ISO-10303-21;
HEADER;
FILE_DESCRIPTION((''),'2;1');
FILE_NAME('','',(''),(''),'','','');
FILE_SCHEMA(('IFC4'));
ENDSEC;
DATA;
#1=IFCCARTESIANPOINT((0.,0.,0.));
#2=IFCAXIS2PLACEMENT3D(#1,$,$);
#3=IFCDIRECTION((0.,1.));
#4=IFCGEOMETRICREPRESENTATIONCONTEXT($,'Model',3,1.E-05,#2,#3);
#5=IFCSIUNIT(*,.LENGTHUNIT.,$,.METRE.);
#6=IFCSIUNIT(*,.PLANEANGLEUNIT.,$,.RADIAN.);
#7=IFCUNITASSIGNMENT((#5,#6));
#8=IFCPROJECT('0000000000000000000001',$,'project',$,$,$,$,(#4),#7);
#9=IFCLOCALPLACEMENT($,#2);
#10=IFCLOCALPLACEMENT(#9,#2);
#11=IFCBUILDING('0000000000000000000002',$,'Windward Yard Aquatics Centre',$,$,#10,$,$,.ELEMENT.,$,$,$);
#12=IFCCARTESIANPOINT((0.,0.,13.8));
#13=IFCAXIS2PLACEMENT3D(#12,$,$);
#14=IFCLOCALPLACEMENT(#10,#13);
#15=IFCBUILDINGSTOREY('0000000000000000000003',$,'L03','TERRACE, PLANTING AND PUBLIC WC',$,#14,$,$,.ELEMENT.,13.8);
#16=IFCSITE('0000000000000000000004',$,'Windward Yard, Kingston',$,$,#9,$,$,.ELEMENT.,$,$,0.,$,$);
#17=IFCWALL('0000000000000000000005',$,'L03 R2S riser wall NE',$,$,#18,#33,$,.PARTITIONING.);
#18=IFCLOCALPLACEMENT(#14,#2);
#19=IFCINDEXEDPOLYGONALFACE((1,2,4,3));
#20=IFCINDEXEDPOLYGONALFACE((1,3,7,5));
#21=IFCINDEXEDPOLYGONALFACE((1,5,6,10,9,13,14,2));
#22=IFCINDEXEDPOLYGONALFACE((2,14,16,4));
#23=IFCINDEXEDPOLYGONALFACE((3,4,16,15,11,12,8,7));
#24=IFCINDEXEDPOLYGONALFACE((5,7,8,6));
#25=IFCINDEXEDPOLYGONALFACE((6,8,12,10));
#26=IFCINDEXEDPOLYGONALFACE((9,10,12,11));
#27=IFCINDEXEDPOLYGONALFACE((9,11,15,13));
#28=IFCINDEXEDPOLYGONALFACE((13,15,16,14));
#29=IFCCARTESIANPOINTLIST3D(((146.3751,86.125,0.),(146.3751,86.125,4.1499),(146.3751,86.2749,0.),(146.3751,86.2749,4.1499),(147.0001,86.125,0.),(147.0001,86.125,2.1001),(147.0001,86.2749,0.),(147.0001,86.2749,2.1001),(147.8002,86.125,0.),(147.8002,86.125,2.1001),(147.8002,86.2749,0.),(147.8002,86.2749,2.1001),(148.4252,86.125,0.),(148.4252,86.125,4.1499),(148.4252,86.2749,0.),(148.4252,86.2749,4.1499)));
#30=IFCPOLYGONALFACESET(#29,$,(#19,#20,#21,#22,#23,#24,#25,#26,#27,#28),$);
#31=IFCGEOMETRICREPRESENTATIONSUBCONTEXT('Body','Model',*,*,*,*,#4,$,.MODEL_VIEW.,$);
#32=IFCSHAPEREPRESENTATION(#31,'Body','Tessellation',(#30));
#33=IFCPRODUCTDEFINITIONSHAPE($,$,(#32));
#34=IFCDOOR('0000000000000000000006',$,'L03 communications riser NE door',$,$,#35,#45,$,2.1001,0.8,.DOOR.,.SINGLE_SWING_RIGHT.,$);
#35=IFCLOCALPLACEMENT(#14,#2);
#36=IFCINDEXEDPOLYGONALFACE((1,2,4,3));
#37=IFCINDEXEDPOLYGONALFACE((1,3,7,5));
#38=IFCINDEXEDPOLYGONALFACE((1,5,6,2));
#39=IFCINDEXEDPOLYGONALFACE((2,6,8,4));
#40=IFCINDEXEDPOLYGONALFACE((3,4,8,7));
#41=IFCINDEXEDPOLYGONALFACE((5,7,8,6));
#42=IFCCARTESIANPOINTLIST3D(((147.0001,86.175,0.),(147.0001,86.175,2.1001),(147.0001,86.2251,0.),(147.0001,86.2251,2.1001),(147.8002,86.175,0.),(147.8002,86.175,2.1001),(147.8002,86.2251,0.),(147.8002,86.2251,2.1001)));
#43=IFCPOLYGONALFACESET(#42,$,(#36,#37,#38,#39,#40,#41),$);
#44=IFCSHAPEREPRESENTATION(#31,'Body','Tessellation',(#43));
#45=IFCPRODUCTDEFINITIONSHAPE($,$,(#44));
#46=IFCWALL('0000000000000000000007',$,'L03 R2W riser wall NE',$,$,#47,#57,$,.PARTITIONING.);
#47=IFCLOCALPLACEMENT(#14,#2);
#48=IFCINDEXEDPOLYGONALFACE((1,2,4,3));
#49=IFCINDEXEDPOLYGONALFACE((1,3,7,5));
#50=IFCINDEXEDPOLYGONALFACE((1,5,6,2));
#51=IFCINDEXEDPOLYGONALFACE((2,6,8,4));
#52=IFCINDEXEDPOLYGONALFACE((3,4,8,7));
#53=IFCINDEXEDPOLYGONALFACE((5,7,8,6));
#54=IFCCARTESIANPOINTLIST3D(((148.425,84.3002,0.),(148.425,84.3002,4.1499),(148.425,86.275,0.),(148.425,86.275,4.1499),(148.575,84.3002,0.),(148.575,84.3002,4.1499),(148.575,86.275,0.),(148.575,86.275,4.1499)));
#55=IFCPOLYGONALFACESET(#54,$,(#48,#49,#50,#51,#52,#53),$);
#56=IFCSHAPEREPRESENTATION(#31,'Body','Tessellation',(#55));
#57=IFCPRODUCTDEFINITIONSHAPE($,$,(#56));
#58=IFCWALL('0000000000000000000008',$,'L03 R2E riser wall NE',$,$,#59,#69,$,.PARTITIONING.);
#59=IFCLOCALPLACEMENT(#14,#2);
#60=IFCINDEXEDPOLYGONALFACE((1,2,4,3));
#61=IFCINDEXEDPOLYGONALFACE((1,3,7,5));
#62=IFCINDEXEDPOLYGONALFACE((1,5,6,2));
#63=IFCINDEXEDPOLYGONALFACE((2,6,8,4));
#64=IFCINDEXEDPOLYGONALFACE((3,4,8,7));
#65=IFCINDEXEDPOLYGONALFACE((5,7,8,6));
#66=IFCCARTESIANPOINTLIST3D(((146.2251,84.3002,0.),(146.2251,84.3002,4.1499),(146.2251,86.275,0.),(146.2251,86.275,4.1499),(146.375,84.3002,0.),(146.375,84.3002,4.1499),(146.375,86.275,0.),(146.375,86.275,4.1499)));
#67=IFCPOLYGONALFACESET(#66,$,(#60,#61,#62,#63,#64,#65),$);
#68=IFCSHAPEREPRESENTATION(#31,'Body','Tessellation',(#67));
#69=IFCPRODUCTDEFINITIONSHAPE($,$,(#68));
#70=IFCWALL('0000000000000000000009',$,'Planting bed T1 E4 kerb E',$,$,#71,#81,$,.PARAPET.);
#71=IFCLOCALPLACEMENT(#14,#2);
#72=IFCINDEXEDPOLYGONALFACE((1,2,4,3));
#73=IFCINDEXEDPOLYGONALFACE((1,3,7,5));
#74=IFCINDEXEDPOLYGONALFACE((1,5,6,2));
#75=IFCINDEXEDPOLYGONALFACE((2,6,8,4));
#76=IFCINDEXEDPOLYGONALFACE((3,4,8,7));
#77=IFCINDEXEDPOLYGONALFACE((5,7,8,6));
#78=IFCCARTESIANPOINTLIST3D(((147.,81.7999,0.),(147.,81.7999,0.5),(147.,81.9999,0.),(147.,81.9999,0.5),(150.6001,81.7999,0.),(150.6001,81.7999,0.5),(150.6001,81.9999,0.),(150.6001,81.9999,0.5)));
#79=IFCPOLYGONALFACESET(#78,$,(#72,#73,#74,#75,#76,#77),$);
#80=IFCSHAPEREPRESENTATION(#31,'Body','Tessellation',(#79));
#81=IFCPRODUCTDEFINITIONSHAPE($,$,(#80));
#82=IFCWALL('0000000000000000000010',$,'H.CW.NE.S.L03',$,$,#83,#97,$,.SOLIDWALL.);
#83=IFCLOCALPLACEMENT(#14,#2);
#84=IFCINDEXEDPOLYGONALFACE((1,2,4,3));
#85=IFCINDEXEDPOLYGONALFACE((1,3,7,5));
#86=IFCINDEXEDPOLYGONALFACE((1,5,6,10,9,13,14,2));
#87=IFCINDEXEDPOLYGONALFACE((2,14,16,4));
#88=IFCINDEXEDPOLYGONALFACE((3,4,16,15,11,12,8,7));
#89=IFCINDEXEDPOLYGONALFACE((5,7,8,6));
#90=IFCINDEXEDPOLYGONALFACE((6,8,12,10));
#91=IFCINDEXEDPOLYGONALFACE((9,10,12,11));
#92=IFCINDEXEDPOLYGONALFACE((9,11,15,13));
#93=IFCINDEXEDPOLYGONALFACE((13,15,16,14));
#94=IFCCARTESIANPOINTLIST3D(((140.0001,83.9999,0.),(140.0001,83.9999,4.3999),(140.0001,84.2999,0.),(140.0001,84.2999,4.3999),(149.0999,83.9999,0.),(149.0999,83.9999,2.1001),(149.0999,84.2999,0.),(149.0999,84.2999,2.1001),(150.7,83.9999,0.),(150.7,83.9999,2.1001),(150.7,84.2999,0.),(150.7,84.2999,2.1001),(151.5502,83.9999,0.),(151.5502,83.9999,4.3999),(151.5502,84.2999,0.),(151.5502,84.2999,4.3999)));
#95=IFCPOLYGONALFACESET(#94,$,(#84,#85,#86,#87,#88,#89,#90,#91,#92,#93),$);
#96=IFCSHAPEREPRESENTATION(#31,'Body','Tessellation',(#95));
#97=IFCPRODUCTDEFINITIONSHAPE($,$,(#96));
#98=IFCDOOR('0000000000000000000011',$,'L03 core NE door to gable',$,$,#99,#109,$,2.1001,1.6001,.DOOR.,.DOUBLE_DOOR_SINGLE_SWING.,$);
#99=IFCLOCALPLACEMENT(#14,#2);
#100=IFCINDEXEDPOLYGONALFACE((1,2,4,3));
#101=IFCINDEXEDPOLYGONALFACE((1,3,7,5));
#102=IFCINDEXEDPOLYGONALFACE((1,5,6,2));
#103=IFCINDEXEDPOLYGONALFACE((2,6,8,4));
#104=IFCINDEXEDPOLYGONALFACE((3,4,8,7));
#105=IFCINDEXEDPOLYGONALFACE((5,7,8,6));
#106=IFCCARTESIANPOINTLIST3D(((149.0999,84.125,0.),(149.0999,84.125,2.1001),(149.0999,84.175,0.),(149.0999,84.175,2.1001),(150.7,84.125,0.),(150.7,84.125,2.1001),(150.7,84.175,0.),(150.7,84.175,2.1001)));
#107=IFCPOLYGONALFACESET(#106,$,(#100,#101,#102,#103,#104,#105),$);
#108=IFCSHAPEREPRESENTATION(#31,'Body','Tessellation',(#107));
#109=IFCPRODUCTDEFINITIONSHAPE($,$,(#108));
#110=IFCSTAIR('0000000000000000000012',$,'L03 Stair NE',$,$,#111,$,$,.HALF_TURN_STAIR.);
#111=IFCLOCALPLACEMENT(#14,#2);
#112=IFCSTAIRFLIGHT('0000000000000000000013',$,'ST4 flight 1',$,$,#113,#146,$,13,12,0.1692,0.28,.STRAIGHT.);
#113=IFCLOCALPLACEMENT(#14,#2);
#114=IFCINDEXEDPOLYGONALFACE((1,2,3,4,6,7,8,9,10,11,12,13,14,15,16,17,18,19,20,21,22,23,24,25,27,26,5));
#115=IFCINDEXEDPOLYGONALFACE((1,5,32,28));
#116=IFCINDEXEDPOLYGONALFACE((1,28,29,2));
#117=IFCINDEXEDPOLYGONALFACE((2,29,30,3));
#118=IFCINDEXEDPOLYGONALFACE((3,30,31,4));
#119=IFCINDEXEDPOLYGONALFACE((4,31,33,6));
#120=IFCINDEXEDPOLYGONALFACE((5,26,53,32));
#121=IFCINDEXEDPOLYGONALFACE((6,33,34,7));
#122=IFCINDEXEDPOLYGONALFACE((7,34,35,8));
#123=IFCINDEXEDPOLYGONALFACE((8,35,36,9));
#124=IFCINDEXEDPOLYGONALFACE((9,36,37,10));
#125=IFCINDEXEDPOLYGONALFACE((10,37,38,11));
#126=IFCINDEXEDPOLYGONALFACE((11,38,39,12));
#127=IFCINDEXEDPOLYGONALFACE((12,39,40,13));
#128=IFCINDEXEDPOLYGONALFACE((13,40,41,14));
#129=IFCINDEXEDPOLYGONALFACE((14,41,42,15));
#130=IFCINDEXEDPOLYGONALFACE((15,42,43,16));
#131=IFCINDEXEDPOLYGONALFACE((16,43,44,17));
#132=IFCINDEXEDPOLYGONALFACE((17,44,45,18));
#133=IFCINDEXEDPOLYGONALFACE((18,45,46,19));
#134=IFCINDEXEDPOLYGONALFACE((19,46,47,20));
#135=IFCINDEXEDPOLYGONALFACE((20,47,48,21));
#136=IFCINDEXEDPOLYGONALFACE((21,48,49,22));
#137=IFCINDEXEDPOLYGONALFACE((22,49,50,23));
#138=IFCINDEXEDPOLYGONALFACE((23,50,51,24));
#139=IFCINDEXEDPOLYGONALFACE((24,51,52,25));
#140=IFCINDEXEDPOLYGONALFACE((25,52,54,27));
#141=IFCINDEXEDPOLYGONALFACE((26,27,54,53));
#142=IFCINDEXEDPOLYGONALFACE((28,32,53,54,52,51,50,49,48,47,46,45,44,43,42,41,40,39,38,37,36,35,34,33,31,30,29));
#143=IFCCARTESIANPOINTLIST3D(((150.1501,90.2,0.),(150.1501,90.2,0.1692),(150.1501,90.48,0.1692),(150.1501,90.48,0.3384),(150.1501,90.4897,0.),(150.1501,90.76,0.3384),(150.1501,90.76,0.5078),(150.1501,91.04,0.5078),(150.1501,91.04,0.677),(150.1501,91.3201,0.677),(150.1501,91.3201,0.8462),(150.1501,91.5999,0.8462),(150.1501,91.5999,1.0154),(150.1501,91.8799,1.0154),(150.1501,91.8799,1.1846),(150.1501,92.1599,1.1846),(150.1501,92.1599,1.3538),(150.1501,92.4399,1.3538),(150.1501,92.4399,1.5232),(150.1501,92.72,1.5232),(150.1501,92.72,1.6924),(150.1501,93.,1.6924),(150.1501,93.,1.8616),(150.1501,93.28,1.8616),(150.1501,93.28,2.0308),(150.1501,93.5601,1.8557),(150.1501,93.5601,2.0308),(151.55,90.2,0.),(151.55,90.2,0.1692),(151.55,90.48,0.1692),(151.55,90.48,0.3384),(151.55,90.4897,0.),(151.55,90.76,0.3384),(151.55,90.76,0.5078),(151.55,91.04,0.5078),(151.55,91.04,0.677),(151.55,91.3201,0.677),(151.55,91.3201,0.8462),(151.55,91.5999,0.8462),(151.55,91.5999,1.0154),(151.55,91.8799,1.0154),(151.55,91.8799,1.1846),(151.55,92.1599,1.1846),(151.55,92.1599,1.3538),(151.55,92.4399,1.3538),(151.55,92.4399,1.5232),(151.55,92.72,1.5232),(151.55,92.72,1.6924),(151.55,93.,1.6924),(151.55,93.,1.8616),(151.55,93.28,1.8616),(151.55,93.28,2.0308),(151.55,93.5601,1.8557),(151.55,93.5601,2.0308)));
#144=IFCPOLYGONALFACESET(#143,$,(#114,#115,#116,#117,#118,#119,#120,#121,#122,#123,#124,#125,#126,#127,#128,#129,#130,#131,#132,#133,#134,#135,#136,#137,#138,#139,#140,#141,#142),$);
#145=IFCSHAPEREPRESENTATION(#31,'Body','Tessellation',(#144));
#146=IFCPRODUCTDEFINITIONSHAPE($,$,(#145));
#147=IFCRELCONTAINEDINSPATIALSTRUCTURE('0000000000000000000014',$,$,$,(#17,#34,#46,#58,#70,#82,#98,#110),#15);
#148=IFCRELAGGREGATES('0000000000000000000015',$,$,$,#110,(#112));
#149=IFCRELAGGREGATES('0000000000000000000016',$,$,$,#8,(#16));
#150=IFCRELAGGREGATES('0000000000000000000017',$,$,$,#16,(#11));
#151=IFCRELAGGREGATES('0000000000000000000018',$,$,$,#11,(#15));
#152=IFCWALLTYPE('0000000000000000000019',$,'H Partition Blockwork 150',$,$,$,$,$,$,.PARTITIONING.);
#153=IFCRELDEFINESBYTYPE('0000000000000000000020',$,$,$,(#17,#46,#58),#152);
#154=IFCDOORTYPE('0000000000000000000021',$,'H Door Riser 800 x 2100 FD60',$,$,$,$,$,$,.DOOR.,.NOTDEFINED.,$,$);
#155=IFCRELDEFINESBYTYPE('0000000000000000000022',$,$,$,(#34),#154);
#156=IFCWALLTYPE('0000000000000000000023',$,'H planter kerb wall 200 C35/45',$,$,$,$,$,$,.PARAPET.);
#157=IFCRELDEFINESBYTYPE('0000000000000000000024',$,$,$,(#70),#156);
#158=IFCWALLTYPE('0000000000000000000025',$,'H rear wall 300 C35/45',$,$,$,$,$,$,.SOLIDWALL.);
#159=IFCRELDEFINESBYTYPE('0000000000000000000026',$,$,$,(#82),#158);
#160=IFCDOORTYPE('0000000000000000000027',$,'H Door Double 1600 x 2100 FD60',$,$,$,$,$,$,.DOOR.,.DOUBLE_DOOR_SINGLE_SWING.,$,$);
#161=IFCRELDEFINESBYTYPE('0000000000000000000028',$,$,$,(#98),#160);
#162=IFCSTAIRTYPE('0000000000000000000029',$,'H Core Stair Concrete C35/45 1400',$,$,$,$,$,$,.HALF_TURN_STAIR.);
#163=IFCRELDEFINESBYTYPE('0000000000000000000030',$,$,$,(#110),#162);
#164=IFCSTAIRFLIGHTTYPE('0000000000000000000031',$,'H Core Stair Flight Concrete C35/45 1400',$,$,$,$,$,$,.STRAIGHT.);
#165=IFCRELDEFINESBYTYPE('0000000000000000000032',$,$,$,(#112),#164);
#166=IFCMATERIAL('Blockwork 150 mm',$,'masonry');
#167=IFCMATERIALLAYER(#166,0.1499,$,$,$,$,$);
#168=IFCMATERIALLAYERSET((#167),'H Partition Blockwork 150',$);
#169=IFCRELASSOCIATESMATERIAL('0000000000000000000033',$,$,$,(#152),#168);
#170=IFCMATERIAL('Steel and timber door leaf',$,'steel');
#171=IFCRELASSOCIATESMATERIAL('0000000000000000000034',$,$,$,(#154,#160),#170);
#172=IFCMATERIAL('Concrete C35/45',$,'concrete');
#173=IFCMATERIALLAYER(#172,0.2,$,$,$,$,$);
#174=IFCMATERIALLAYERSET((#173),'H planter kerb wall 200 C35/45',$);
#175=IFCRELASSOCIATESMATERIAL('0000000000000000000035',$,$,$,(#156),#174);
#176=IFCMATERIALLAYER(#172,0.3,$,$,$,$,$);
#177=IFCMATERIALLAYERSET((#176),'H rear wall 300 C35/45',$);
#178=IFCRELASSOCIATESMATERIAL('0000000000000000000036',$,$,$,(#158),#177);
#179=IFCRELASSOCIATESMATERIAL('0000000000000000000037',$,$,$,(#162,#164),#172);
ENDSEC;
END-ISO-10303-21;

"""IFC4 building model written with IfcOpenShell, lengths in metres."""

from ifc_helpers import new_model, si_unit, direction, frame, frame_2d, origin, place, context, subcontext, project, spatial, polyline, rectangle, outline, extrude, material, layer, layer_set, type_object, element, fill, aggregate, save


model = new_model("IFC4")

# Units and contexts
model_context = context("Model", 3, precision=1e-05, world=origin(), true_north=direction((0.0, 1.0)))
body_context = subcontext(model_context, "Body", "Model", "MODEL_VIEW")
ifc_project = project(units=[si_unit("LENGTHUNIT", "METRE"), si_unit("PLANEANGLEUNIT", "RADIAN")], contexts=[model_context])

# Site, building, storey
site_placement = place(None, origin())
site = spatial("IfcSite", under=ifc_project, at=site_placement, Name="Windward Yard, Kingston", CompositionType="ELEMENT", RefElevation=0.0)
building_placement = place(site_placement, origin())
building = spatial("IfcBuilding", under=site, at=building_placement, Name="Windward Yard Aquatics Centre", CompositionType="ELEMENT")
storey_placement = place(building_placement, frame((0.0, 0.0, 13.8)))
storey = spatial("IfcBuildingStorey", under=building, at=storey_placement, Name="L03", Description="TERRACE, PLANTING AND PUBLIC WC", CompositionType="ELEMENT", Elevation=13.8)

# Wall, opening, door
ifc_material_1 = material(Name="Concrete C35/45", Category="concrete")
ifc_material_2 = material(Name="Steel and timber door leaf", Category="steel")
ifc_material_3 = material(Name="Blockwork 150 mm", Category="masonry")
ifc_layer_1 = layer(ifc_material_3, 0.1499)
ifc_layer_set_1 = layer_set([ifc_layer_1], Name="H Partition Blockwork 150")
wall_type_1 = type_object("IfcWallType", Name="H Partition Blockwork 150", PredefinedType="PARTITIONING", material=ifc_layer_set_1)
wall_1_placement = place(storey_placement, frame((148.425, 86.2, 0.0), z_axis=(0.0, 0.0, 1.0), x_axis=(-1.0, 0.0, 0.0)))
wall_1 = element("IfcWall", 1, at=wall_1_placement, inside=storey, type_object=wall_type_1, Name="L03 R2S riser wall NE", PredefinedType="PARTITIONING", context=body_context, shape_type="SweptSolid", body=[
    extrude(rectangle(XDim=2.05, YDim=0.1499, at=frame_2d((1.0249, 0.0))), origin(), (0.0, 0.0, 1.0), 4.1499),
])
opening_1_placement = place(wall_1_placement, frame((0.625, 0.0, 0.0)))
opening_1 = element("IfcOpeningElement", 2, at=opening_1_placement, cuts=wall_1, PredefinedType="OPENING", context=body_context, shape_type="SweptSolid", body=[
    extrude(rectangle(XDim=0.8, YDim=2.1001, at=frame_2d((0.3999, 1.05))), frame((0.0, 0.085, 0.0), z_axis=(0.0, -1.0, 0.0), x_axis=(1.0, 0.0, 0.0)), (0.0, 0.0, 1.0), 0.1699),
])
door_type_1 = type_object("IfcDoorType", Name="H Door Riser 800 x 2100 FD60", OperationType="NOTDEFINED", PredefinedType="DOOR", material=ifc_material_2)
door_1_placement = place(opening_1_placement, origin())
door_1 = element("IfcDoor", 3, at=door_1_placement, inside=storey, type_object=door_type_1, Name="L03 communications riser NE door", OperationType="SINGLE_SWING_RIGHT", OverallHeight=2.1001, OverallWidth=0.8, PredefinedType="DOOR", context=body_context, shape_type="SweptSolid", body=[
    extrude(rectangle(XDim=0.8, YDim=2.1001, at=frame_2d((0.3999, 1.05))), frame((0.0, 0.0249, 0.0), z_axis=(0.0, -1.0, 0.0), x_axis=(1.0, 0.0, 0.0)), (0.0, 0.0, 1.0), 0.05),
])
fill(opening_1, door_1)

# Walls
for number, where, z_axis, x_axis, name in (
    (4, (148.5, 86.2749, 0.0), (0.0, 0.0, 1.0), (0.0, -1.0, 0.0), "L03 R2W riser wall NE"),
    (5, (146.3, 86.2749, 0.0), (0.0, 0.0, 1.0), (0.0, -1.0, 0.0), "L03 R2E riser wall NE"),
):
    element("IfcWall", number, at=place(storey_placement, frame(where, z_axis=z_axis, x_axis=x_axis)), inside=storey, type_object=wall_type_1, Name=name, PredefinedType="PARTITIONING", context=body_context, shape_type="SweptSolid", body=[
        extrude(rectangle(XDim=1.9749, YDim=0.1499, at=frame_2d((0.9873, 0.0))), origin(), (0.0, 0.0, 1.0), 4.1499),
    ])
ifc_layer_2 = layer(ifc_material_1, 0.2)
ifc_layer_set_2 = layer_set([ifc_layer_2], Name="H planter kerb wall 200 C35/45")
wall_type_2 = type_object("IfcWallType", Name="H planter kerb wall 200 C35/45", PredefinedType="PARAPET", material=ifc_layer_set_2)
wall_2_placement = place(storey_placement, frame((150.6001, 81.8999, 0.0), z_axis=(0.0, 0.0, 1.0), x_axis=(-1.0, 0.0, 0.0)))
element("IfcWall", 6, at=wall_2_placement, inside=storey, type_object=wall_type_2, Name="Planting bed T1 E4 kerb E", PredefinedType="PARAPET", context=body_context, shape_type="SweptSolid", body=[
    extrude(rectangle(XDim=3.6001, YDim=0.2, at=frame_2d((1.8, 0.0))), origin(), (0.0, 0.0, 1.0), 0.5),
])

# Wall, opening, door
ifc_layer_3 = layer(ifc_material_1, 0.3)
ifc_layer_set_3 = layer_set([ifc_layer_3], Name="H rear wall 300 C35/45")
wall_type_3 = type_object("IfcWallType", Name="H rear wall 300 C35/45", PredefinedType="SOLIDWALL", material=ifc_layer_set_3)
wall_3_placement = place(storey_placement, frame((151.55, 84.1499, 0.0), z_axis=(0.0, 0.0, 1.0), x_axis=(-1.0, 0.0, 0.0)))
wall_3 = element("IfcWall", 7, at=wall_3_placement, inside=storey, type_object=wall_type_3, Name="H.CW.NE.S.L03", PredefinedType="SOLIDWALL", context=body_context, shape_type="SweptSolid", body=[
    extrude(rectangle(XDim=11.55, YDim=0.3, at=frame_2d((5.7749, 0.0))), origin(), (0.0, 0.0, 1.0), 4.3999),
])
opening_2_placement = place(wall_3_placement, frame((0.8501, 0.0, 0.0)))
opening_2 = element("IfcOpeningElement", 8, at=opening_2_placement, cuts=wall_3, PredefinedType="OPENING", context=body_context, shape_type="SweptSolid", body=[
    extrude(rectangle(XDim=1.6001, YDim=2.1001, at=frame_2d((0.8, 1.05))), frame((0.0, 0.1602, 0.0), z_axis=(0.0, -1.0, 0.0), x_axis=(1.0, 0.0, 0.0)), (0.0, 0.0, 1.0), 0.3201),
])
door_type_2 = type_object("IfcDoorType", Name="H Door Double 1600 x 2100 FD60", OperationType="DOUBLE_DOOR_SINGLE_SWING", PredefinedType="DOOR", material=ifc_material_2)
door_2_placement = place(opening_2_placement, origin())
door_2 = element("IfcDoor", 9, at=door_2_placement, inside=storey, type_object=door_type_2, Name="L03 core NE door to gable", OperationType="DOUBLE_DOOR_SINGLE_SWING", OverallHeight=2.1001, OverallWidth=1.6001, PredefinedType="DOOR", context=body_context, shape_type="SweptSolid", body=[
    extrude(rectangle(XDim=1.6001, YDim=2.1001, at=frame_2d((0.8, 1.05))), frame((0.0, 0.0249, 0.0), z_axis=(0.0, -1.0, 0.0), x_axis=(1.0, 0.0, 0.0)), (0.0, 0.0, 1.0), 0.05),
])
fill(opening_2, door_2)

# Stair, stair flight
stair_type = type_object("IfcStairType", Name="H Core Stair Concrete C35/45 1400", PredefinedType="HALF_TURN_STAIR", material=ifc_material_1)
stair_placement = place(storey_placement, origin())
stair = element("IfcStair", 10, at=stair_placement, inside=storey, type_object=stair_type, Name="L03 Stair NE", PredefinedType="HALF_TURN_STAIR")
stair_flight_type = type_object("IfcStairFlightType", Name="H Core Stair Flight Concrete C35/45 1400", PredefinedType="STRAIGHT", material=ifc_material_1)
stair_flight_placement = place(storey_placement, frame((150.8501, 90.2, 0.0), z_axis=(0.0, 0.0, 1.0), x_axis=(0.0, 1.0, 0.0)))
stair_flight = element("IfcStairFlight", 11, at=stair_flight_placement, type_object=stair_flight_type, Name="ST4 flight 1", NumberOfRisers=13, NumberOfTreads=12, PredefinedType="STRAIGHT", RiserHeight=0.1692, TreadLength=0.28, context=body_context, shape_type="SweptSolid", body=[
    extrude(outline(polyline([(0.0, 0.0), (0.0, 0.1692), (0.28, 0.1692), (0.28, 0.3384), (0.5601, 0.3384), (0.5601, 0.5078), (0.8401, 0.5078), (0.8401, 0.677), (1.1201, 0.677), (1.1201, 0.8462), (1.3999, 0.8462), (1.3999, 1.0154), (1.6799, 1.0154), (1.6799, 1.1846), (1.96, 1.1846), (1.96, 1.3538), (2.24, 1.3538), (2.24, 1.5232), (2.52, 1.5232), (2.52, 1.6924), (2.8, 1.6924), (2.8, 1.8616), (3.0801, 1.8616), (3.0801, 2.0308), (3.3601, 2.0308), (3.3601, 2.2), (3.3601, 1.8557), (0.2898, 0.0), (0.0, 0.0)])), frame((0.0, 0.7, 0.0), z_axis=(0.0, -1.0, 0.0), x_axis=(1.0, 0.0, 0.0)), (0.0, 0.0, 1.0), 1.3999),
])
aggregate(stair, [stair_flight])

save(model, "model.ifc")
